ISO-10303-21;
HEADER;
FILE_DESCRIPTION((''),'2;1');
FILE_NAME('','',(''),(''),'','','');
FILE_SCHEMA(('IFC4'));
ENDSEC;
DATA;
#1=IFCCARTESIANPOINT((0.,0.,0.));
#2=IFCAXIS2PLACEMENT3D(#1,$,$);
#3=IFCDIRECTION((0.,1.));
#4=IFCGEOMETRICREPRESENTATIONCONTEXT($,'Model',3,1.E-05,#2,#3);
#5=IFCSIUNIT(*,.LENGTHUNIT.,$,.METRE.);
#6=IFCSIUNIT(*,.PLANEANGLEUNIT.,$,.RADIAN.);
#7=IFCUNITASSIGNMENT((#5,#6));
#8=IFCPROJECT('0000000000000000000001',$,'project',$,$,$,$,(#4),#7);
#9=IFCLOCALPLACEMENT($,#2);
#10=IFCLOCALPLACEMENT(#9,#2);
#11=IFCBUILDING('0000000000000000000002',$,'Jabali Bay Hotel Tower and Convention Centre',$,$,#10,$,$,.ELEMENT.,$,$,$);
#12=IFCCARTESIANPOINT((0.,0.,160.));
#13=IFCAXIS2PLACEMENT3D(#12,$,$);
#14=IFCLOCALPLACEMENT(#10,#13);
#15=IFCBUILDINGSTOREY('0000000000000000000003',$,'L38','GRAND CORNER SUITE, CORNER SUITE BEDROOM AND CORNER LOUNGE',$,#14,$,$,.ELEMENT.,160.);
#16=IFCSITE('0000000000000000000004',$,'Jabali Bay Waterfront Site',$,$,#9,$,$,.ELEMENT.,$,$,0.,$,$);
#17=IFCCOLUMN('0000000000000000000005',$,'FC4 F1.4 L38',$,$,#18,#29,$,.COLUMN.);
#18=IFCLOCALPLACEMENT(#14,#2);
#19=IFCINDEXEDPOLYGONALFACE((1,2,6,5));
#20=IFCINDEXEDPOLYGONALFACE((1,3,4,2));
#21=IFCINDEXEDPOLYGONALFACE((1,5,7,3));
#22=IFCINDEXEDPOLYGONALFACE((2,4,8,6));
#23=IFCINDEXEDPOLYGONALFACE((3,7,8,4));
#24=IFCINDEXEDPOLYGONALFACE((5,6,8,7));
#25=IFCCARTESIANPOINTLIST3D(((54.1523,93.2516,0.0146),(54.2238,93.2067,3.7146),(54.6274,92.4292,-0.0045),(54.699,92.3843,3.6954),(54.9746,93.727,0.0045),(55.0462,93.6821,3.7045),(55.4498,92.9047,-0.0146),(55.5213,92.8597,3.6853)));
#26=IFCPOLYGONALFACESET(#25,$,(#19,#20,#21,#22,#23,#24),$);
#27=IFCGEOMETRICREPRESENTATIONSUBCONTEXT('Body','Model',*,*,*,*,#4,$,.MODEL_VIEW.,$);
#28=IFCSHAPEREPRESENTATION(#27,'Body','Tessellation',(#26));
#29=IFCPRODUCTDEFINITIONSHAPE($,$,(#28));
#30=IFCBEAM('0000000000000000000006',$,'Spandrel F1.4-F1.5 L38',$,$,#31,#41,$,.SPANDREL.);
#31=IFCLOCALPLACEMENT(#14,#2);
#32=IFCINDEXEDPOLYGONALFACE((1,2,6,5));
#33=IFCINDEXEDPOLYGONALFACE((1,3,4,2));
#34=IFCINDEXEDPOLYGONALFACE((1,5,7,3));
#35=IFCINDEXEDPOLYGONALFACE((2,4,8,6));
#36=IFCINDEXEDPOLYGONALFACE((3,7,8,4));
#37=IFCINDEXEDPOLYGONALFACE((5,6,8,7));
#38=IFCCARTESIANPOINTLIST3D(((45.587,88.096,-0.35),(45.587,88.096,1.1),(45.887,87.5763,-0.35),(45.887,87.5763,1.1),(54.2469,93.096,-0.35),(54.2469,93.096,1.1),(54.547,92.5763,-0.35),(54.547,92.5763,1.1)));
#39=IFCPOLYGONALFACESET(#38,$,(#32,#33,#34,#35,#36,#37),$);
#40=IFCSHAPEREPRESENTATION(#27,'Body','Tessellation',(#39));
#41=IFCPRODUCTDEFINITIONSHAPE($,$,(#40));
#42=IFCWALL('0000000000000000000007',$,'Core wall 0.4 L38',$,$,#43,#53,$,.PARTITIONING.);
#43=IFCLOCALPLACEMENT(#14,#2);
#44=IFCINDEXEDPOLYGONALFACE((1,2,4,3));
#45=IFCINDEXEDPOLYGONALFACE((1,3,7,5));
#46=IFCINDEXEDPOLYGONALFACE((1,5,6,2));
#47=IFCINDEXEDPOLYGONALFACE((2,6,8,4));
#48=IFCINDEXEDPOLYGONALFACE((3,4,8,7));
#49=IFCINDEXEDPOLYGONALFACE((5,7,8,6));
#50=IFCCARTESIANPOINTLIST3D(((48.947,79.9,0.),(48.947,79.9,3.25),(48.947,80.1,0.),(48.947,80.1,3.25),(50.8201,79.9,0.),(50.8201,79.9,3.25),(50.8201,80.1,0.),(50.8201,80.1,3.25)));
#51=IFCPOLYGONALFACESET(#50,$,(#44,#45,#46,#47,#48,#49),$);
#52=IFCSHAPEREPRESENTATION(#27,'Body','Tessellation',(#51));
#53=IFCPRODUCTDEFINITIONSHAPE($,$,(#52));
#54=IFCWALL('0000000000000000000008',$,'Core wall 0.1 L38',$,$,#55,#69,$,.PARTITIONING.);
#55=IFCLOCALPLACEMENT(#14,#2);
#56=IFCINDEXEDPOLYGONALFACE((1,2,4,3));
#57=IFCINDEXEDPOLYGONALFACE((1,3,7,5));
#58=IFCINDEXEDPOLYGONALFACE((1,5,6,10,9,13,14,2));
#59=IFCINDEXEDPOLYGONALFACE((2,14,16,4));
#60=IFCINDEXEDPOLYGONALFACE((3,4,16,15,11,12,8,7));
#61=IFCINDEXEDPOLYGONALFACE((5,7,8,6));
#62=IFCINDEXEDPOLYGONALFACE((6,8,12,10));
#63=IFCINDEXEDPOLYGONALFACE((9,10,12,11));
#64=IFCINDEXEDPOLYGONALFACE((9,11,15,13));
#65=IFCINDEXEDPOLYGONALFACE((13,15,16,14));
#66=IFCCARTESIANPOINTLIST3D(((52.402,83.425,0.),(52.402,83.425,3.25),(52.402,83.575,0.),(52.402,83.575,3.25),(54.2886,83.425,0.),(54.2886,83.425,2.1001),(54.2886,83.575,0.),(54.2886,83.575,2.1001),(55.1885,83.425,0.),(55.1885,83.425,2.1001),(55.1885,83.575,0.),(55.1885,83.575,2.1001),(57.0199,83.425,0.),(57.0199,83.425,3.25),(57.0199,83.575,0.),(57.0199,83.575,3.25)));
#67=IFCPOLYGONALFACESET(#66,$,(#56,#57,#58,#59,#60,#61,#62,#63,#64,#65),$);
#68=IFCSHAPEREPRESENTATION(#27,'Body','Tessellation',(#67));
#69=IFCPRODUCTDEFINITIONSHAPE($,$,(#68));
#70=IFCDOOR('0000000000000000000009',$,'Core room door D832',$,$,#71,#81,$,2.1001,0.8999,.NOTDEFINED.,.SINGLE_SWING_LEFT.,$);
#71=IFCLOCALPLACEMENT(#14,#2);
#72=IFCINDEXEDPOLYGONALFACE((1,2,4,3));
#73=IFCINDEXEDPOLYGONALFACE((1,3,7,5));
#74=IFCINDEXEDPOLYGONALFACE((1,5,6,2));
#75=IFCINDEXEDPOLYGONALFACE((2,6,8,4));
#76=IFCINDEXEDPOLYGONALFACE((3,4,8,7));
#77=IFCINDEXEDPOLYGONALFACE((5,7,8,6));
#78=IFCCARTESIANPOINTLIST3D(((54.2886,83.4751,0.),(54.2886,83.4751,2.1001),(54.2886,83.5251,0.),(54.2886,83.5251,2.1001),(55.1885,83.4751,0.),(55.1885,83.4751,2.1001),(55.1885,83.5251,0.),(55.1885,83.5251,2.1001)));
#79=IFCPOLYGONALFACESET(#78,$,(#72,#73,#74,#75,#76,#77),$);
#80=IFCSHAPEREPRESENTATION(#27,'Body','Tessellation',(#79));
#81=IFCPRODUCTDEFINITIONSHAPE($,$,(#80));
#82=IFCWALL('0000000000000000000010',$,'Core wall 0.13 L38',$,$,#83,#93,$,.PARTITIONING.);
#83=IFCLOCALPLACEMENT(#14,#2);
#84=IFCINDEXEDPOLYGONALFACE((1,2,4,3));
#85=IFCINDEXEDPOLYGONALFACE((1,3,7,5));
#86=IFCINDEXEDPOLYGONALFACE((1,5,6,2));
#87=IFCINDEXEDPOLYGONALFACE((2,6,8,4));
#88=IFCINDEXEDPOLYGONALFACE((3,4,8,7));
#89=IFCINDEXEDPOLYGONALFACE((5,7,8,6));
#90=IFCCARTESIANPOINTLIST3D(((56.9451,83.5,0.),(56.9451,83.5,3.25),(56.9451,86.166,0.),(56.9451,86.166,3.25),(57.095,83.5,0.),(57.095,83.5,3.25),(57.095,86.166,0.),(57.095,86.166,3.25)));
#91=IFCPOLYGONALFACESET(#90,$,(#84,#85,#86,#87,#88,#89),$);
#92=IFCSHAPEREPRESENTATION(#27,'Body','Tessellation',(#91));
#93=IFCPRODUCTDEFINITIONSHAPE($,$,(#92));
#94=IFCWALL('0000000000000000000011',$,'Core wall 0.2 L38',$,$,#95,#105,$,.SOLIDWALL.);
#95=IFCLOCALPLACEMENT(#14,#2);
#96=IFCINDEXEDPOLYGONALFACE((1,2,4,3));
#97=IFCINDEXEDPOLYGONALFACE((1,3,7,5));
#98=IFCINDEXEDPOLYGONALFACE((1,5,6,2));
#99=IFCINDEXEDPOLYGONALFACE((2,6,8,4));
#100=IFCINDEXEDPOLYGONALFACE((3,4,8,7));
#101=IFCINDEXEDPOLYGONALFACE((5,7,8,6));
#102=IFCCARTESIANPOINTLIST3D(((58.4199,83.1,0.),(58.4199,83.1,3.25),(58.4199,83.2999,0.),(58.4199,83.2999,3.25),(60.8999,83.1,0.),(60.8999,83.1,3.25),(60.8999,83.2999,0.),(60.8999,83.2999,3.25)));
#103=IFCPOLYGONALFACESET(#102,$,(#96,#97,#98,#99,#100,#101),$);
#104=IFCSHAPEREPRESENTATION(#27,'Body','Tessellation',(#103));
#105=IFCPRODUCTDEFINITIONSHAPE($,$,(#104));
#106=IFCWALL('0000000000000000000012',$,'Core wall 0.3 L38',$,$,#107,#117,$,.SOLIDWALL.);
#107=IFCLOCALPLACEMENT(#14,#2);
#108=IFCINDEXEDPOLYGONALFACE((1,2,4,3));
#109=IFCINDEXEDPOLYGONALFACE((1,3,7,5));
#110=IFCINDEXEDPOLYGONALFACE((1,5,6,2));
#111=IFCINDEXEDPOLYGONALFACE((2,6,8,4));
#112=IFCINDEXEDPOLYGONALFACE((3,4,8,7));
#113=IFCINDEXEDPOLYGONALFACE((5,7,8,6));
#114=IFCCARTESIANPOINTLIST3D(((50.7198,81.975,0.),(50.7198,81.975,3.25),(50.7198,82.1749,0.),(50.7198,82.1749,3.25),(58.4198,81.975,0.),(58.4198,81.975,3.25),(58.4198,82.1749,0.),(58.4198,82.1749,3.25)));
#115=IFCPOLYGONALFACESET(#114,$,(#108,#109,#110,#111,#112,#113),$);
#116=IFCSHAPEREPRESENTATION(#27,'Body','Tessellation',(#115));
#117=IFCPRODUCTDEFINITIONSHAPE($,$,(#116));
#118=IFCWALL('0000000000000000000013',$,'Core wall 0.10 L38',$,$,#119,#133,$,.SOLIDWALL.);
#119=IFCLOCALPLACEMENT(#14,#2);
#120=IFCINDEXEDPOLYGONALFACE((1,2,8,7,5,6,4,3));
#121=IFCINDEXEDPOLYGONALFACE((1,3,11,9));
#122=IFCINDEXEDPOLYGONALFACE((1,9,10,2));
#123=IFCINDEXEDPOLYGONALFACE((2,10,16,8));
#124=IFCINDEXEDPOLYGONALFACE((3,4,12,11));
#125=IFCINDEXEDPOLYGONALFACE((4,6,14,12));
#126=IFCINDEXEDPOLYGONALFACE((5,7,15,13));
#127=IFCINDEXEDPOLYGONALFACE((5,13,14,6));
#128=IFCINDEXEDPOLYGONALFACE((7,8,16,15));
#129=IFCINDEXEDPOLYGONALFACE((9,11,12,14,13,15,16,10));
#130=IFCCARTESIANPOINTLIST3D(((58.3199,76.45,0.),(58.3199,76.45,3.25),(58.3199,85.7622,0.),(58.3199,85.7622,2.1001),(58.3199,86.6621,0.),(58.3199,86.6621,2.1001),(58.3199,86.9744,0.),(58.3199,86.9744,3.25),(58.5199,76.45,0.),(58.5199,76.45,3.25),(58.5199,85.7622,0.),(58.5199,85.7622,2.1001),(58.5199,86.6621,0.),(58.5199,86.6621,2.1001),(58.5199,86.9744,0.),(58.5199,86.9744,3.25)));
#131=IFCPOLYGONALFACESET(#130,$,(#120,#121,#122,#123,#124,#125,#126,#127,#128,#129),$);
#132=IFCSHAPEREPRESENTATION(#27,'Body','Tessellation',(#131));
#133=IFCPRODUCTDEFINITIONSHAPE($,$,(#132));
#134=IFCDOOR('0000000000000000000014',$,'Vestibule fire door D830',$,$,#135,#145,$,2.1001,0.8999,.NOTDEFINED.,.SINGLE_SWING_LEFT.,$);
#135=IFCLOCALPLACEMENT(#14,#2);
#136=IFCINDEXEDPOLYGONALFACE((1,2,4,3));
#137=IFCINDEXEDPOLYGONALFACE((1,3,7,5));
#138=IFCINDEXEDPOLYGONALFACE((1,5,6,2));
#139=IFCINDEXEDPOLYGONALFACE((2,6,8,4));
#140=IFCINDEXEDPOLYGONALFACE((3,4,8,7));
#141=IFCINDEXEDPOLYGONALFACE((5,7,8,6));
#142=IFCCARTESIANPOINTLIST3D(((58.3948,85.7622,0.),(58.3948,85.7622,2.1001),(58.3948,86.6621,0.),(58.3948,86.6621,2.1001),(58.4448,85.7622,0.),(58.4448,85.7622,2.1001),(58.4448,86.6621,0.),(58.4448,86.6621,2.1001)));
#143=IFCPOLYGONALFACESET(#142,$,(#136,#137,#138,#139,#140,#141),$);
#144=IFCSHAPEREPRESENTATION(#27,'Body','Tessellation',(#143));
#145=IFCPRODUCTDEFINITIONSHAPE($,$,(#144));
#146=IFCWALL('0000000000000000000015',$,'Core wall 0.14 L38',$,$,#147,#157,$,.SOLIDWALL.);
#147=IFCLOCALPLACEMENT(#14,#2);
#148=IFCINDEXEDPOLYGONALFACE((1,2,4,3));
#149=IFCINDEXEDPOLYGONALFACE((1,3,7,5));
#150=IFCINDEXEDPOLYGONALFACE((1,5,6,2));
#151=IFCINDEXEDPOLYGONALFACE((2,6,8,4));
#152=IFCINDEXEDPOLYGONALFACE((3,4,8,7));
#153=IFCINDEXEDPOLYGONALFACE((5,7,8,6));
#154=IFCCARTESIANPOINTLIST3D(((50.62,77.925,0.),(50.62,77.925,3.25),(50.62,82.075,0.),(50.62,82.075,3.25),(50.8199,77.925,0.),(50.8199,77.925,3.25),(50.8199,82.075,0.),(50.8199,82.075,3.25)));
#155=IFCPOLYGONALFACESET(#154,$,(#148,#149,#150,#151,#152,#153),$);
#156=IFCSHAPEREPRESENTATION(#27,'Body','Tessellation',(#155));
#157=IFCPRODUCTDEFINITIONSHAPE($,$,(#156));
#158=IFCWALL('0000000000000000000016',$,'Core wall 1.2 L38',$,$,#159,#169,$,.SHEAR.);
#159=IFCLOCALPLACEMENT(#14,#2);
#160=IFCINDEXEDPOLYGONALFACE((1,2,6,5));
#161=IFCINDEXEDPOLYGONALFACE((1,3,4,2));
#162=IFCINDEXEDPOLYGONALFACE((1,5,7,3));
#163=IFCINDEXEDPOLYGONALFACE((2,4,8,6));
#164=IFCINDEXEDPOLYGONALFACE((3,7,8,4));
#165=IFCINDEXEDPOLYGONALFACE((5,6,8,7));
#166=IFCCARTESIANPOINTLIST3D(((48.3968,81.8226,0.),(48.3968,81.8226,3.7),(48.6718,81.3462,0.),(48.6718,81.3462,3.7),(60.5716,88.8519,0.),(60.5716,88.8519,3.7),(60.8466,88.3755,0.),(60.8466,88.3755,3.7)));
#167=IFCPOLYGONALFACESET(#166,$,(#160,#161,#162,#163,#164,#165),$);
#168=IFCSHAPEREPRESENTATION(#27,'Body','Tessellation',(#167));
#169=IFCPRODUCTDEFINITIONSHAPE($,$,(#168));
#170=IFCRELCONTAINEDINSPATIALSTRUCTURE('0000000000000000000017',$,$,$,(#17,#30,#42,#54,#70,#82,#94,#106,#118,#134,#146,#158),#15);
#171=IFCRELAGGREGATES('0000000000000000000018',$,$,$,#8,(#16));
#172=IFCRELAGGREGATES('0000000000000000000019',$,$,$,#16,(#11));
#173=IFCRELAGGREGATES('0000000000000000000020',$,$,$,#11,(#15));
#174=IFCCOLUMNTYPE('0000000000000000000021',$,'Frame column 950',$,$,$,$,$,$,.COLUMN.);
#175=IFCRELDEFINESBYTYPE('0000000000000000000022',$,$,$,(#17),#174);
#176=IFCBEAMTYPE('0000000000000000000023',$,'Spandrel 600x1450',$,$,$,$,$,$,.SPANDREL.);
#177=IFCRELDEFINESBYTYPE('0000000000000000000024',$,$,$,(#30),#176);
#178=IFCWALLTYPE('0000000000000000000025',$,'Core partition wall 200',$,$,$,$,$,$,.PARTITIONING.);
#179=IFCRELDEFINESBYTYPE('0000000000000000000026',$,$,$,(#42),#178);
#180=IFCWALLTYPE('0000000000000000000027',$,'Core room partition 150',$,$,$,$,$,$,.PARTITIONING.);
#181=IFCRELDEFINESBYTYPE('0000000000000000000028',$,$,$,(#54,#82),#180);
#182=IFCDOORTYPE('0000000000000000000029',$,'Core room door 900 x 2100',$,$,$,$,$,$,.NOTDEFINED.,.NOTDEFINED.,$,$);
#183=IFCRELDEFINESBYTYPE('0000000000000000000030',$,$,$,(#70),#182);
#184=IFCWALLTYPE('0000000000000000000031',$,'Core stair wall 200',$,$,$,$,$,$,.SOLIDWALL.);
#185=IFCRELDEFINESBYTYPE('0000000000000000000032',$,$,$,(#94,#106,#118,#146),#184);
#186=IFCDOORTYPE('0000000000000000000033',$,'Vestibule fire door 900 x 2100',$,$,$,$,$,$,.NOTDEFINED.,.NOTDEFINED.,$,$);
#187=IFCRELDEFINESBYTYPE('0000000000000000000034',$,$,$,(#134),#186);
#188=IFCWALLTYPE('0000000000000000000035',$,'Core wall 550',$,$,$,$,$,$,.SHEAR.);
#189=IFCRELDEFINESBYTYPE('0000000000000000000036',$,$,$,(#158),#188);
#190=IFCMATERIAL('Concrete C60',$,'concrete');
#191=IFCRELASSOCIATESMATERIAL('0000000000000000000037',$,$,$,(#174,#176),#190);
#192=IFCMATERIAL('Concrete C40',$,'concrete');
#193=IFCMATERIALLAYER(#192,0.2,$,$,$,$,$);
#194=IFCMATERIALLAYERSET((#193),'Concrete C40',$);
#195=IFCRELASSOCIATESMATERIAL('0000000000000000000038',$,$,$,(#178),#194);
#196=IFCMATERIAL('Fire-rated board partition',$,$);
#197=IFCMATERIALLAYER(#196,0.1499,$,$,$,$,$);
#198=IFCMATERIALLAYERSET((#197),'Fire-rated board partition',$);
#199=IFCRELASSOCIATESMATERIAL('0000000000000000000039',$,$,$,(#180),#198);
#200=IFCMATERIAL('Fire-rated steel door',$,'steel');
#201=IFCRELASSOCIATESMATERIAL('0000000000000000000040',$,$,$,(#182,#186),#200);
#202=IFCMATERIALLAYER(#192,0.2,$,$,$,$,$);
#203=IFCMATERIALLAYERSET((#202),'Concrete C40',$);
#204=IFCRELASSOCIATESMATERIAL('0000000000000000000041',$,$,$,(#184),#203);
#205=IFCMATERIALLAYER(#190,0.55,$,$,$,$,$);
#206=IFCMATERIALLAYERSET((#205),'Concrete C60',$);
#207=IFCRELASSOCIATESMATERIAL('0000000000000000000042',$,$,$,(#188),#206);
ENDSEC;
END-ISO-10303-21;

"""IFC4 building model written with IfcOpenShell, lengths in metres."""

from ifc_helpers import new_model, si_unit, direction, frame, frame_2d, origin, origin_2d, place, context, subcontext, project, spatial, rectangle, extrude, material, layer, layer_set, material_profile, profile_set, type_object, element, fill, save


model = new_model("IFC4")

# Units and contexts
model_context = context("Model", 3, precision=1e-05, world=origin(), true_north=direction((0.0, 1.0)))
body_context = subcontext(model_context, "Body", "Model", "MODEL_VIEW")
ifc_project = project(units=[si_unit("LENGTHUNIT", "METRE"), si_unit("PLANEANGLEUNIT", "RADIAN")], contexts=[model_context])

# Site, building, storey
site_placement = place(None, origin())
site = spatial("IfcSite", under=ifc_project, at=site_placement, Name="Jabali Bay Waterfront Site", CompositionType="ELEMENT", RefElevation=0.0)
building_placement = place(site_placement, origin())
building = spatial("IfcBuilding", under=site, at=building_placement, Name="Jabali Bay Hotel Tower and Convention Centre", CompositionType="ELEMENT")
storey_placement = place(building_placement, frame((0.0, 0.0, 160.0)))
storey = spatial("IfcBuildingStorey", under=building, at=storey_placement, Name="L38", Description="GRAND CORNER SUITE, CORNER SUITE BEDROOM AND CORNER LOUNGE", CompositionType="ELEMENT", Elevation=160.0)

# Column
ifc_material_1 = material(Name="Concrete C60", Category="concrete")
ifc_material_profile_1 = material_profile(ifc_material_1, rectangle(XDim=0.95, YDim=0.95, at=origin_2d()), Name="Frame column 950")
ifc_profile_set_1 = profile_set([ifc_material_profile_1], Name="Concrete C60")
column_type = type_object("IfcColumnType", Name="Frame column 950", PredefinedType="COLUMN", material=ifc_profile_set_1)
column_placement = place(storey_placement, frame((54.801, 93.0781, 0.0), z_axis=(0.019329, -0.012138, 0.99974), x_axis=(-0.500209, 0.86567, 0.020181)))
element("IfcColumn", 1, at=column_placement, inside=storey, type_object=column_type, Name="FC4 F1.4 L38", PredefinedType="COLUMN", context=body_context, shape_type="SweptSolid", body=[
    extrude(rectangle(XDim=0.95, YDim=0.95, at=origin_2d()), origin(), (0.0, 0.0, 1.0), 3.7009),
])

# Beam
ifc_material_profile_2 = material_profile(ifc_material_1, rectangle(XDim=0.6001, YDim=1.45, at=origin_2d()), Name="Spandrel 600x1450")
ifc_profile_set_2 = profile_set([ifc_material_profile_2], Name="Concrete C60")
beam_type = type_object("IfcBeamType", Name="Spandrel 600x1450", PredefinedType="SPANDREL", material=ifc_profile_set_2)
beam_placement = place(storey_placement, frame((54.397, 92.8362, 0.375), z_axis=(-0.866017, -0.500015, 0.0), x_axis=(0.500015, -0.866017, 0.0)))
element("IfcBeam", 2, at=beam_placement, inside=storey, type_object=beam_type, Name="Spandrel F1.4-F1.5 L38", PredefinedType="SPANDREL", context=body_context, shape_type="SweptSolid", body=[
    extrude(rectangle(XDim=0.6001, YDim=1.45, at=origin_2d()), origin(), (0.0, 0.0, 1.0), 9.9998),
])

# Wall
ifc_material_2 = material(Name="Concrete C40", Category="concrete")
ifc_layer_1 = layer(ifc_material_2, 0.2)
ifc_layer_set_1 = layer_set([ifc_layer_1], Name="Concrete C40")
wall_type_1 = type_object("IfcWallType", Name="Core partition wall 200", PredefinedType="PARTITIONING", material=ifc_layer_set_1)
wall_1_placement = place(storey_placement, frame((50.8201, 80.0, 0.0), z_axis=(0.0, 0.0, 1.0), x_axis=(-1.0, 0.0, 0.0)))
element("IfcWall", 3, at=wall_1_placement, inside=storey, type_object=wall_type_1, Name="Core wall 0.4 L38", PredefinedType="PARTITIONING", context=body_context, shape_type="SweptSolid", body=[
    extrude(rectangle(XDim=1.873, YDim=0.2, at=frame_2d((0.9365, 0.0))), origin(), (0.0, 0.0, 1.0), 3.25),
])

# Wall, opening, door
ifc_material_3 = material(Name="Fire-rated board partition")
ifc_layer_2 = layer(ifc_material_3, 0.1499)
ifc_layer_set_2 = layer_set([ifc_layer_2], Name="Fire-rated board partition")
wall_type_2 = type_object("IfcWallType", Name="Core room partition 150", PredefinedType="PARTITIONING", material=ifc_layer_set_2)
wall_2_placement = place(storey_placement, frame((57.02, 83.5, 0.0), z_axis=(0.0, 0.0, 1.0), x_axis=(-1.0, 0.0, 0.0)))
wall_2 = element("IfcWall", 4, at=wall_2_placement, inside=storey, type_object=wall_type_2, Name="Core wall 0.1 L38", PredefinedType="PARTITIONING", context=body_context, shape_type="SweptSolid", body=[
    extrude(rectangle(XDim=4.6179, YDim=0.1499, at=frame_2d((2.3091, 0.0))), origin(), (0.0, 0.0, 1.0), 3.25),
])
opening_1_placement = place(wall_2_placement, frame((1.8315, 0.0, 0.0)))
opening_1 = element("IfcOpeningElement", 5, at=opening_1_placement, cuts=wall_2, PredefinedType="OPENING", context=body_context, shape_type="SweptSolid", body=[
    extrude(rectangle(XDim=0.8999, YDim=2.1001, at=frame_2d((0.45, 1.05))), frame((0.0, 0.0854, 0.0), z_axis=(0.0, -1.0, 0.0), x_axis=(1.0, 0.0, 0.0)), (0.0, 0.0, 1.0), 0.1709),
])
ifc_material_4 = material(Name="Fire-rated steel door", Category="steel")
door_type_1 = type_object("IfcDoorType", Name="Core room door 900 x 2100", OperationType="NOTDEFINED", PredefinedType="NOTDEFINED", material=ifc_material_4)
door_1_placement = place(opening_1_placement, origin())
door_1 = element("IfcDoor", 6, at=door_1_placement, inside=storey, type_object=door_type_1, Name="Core room door D832", OperationType="SINGLE_SWING_LEFT", OverallHeight=2.1001, OverallWidth=0.8999, PredefinedType="NOTDEFINED", context=body_context, shape_type="SweptSolid", body=[
    extrude(rectangle(XDim=0.8999, YDim=2.1001, at=frame_2d((0.45, 1.05))), frame((0.0, 0.0249, 0.0), z_axis=(0.0, -1.0, 0.0), x_axis=(1.0, 0.0, 0.0)), (0.0, 0.0, 1.0), 0.05),
])
fill(opening_1, door_1)

# Walls
wall_3_placement = place(storey_placement, frame((57.02, 86.166, 0.0), z_axis=(0.0, 0.0, 1.0), x_axis=(0.0, -1.0, 0.0)))
element("IfcWall", 7, at=wall_3_placement, inside=storey, type_object=wall_type_2, Name="Core wall 0.13 L38", PredefinedType="PARTITIONING", context=body_context, shape_type="SweptSolid", body=[
    extrude(rectangle(XDim=2.666, YDim=0.1499, at=frame_2d((1.333, 0.0))), origin(), (0.0, 0.0, 1.0), 3.25),
])
ifc_layer_3 = layer(ifc_material_2, 0.2)
ifc_layer_set_3 = layer_set([ifc_layer_3], Name="Concrete C40")
wall_type_3 = type_object("IfcWallType", Name="Core stair wall 200", PredefinedType="SOLIDWALL", material=ifc_layer_set_3)
wall_4_placement = place(storey_placement, frame((60.8999, 83.2, 0.0), z_axis=(0.0, 0.0, 1.0), x_axis=(-1.0, 0.0, 0.0)))
element("IfcWall", 8, at=wall_4_placement, inside=storey, type_object=wall_type_3, Name="Core wall 0.2 L38", PredefinedType="SOLIDWALL", context=body_context, shape_type="SweptSolid", body=[
    extrude(rectangle(XDim=2.48, YDim=0.2, at=frame_2d((1.24, 0.0))), origin(), (0.0, 0.0, 1.0), 3.25),
])
wall_5_placement = place(storey_placement, frame((58.4199, 82.075, 0.0), z_axis=(0.0, 0.0, 1.0), x_axis=(-1.0, 0.0, 0.0)))
element("IfcWall", 9, at=wall_5_placement, inside=storey, type_object=wall_type_3, Name="Core wall 0.3 L38", PredefinedType="SOLIDWALL", context=body_context, shape_type="SweptSolid", body=[
    extrude(rectangle(XDim=7.7, YDim=0.2, at=frame_2d((3.8501, 0.0))), origin(), (0.0, 0.0, 1.0), 3.25),
])

# Wall, opening, door
wall_6_placement = place(storey_placement, frame((58.4199, 86.9744, 0.0), z_axis=(0.0, 0.0, 1.0), x_axis=(0.0, -1.0, 0.0)))
wall_6 = element("IfcWall", 10, at=wall_6_placement, inside=storey, type_object=wall_type_3, Name="Core wall 0.10 L38", PredefinedType="SOLIDWALL", context=body_context, shape_type="SweptSolid", body=[
    extrude(rectangle(XDim=10.5244, YDim=0.2, at=frame_2d((5.2622, 0.0))), origin(), (0.0, 0.0, 1.0), 3.25),
])
opening_2_placement = place(wall_6_placement, frame((0.3123, 0.0, 0.0)))
opening_2 = element("IfcOpeningElement", 11, at=opening_2_placement, cuts=wall_6, PredefinedType="OPENING", context=body_context, shape_type="SweptSolid", body=[
    extrude(rectangle(XDim=0.8999, YDim=2.1001, at=frame_2d((0.45, 1.05))), frame((0.0, 0.1104, 0.0), z_axis=(0.0, -1.0, 0.0), x_axis=(1.0, 0.0, 0.0)), (0.0, 0.0, 1.0), 0.2209),
])
door_type_2 = type_object("IfcDoorType", Name="Vestibule fire door 900 x 2100", OperationType="NOTDEFINED", PredefinedType="NOTDEFINED", material=ifc_material_4)
door_2_placement = place(opening_2_placement, origin())
door_2 = element("IfcDoor", 12, at=door_2_placement, inside=storey, type_object=door_type_2, Name="Vestibule fire door D830", OperationType="SINGLE_SWING_LEFT", OverallHeight=2.1001, OverallWidth=0.8999, PredefinedType="NOTDEFINED", context=body_context, shape_type="SweptSolid", body=[
    extrude(rectangle(XDim=0.8999, YDim=2.1001, at=frame_2d((0.45, 1.05))), frame((0.0, 0.0249, 0.0), z_axis=(0.0, -1.0, 0.0), x_axis=(1.0, 0.0, 0.0)), (0.0, 0.0, 1.0), 0.05),
])
fill(opening_2, door_2)

# Walls
wall_7_placement = place(storey_placement, frame((50.72, 82.075, 0.0), z_axis=(0.0, 0.0, 1.0), x_axis=(0.0, -1.0, 0.0)))
element("IfcWall", 13, at=wall_7_placement, inside=storey, type_object=wall_type_3, Name="Core wall 0.14 L38", PredefinedType="SOLIDWALL", context=body_context, shape_type="SweptSolid", body=[
    extrude(rectangle(XDim=4.1499, YDim=0.2, at=frame_2d((2.075, 0.0))), origin(), (0.0, 0.0, 1.0), 3.25),
])
ifc_layer_4 = layer(ifc_material_1, 0.55)
ifc_layer_set_4 = layer_set([ifc_layer_4], Name="Concrete C60")
wall_type_4 = type_object("IfcWallType", Name="Core wall 550", PredefinedType="SHEAR", material=ifc_layer_set_4)
wall_8_placement = place(storey_placement, frame((60.7092, 88.6138, 0.0), z_axis=(0.0, 0.0, 1.0), x_axis=(-0.86602, -0.500009, 0.0)))
element("IfcWall", 14, at=wall_8_placement, inside=storey, type_object=wall_type_4, Name="Core wall 1.2 L38", PredefinedType="SHEAR", context=body_context, shape_type="SweptSolid", body=[
    extrude(rectangle(XDim=14.0583, YDim=0.55, at=frame_2d((7.0293, 0.0))), origin(), (0.0, 0.0, 1.0), 3.7),
])

save(model, "model.ifc")
